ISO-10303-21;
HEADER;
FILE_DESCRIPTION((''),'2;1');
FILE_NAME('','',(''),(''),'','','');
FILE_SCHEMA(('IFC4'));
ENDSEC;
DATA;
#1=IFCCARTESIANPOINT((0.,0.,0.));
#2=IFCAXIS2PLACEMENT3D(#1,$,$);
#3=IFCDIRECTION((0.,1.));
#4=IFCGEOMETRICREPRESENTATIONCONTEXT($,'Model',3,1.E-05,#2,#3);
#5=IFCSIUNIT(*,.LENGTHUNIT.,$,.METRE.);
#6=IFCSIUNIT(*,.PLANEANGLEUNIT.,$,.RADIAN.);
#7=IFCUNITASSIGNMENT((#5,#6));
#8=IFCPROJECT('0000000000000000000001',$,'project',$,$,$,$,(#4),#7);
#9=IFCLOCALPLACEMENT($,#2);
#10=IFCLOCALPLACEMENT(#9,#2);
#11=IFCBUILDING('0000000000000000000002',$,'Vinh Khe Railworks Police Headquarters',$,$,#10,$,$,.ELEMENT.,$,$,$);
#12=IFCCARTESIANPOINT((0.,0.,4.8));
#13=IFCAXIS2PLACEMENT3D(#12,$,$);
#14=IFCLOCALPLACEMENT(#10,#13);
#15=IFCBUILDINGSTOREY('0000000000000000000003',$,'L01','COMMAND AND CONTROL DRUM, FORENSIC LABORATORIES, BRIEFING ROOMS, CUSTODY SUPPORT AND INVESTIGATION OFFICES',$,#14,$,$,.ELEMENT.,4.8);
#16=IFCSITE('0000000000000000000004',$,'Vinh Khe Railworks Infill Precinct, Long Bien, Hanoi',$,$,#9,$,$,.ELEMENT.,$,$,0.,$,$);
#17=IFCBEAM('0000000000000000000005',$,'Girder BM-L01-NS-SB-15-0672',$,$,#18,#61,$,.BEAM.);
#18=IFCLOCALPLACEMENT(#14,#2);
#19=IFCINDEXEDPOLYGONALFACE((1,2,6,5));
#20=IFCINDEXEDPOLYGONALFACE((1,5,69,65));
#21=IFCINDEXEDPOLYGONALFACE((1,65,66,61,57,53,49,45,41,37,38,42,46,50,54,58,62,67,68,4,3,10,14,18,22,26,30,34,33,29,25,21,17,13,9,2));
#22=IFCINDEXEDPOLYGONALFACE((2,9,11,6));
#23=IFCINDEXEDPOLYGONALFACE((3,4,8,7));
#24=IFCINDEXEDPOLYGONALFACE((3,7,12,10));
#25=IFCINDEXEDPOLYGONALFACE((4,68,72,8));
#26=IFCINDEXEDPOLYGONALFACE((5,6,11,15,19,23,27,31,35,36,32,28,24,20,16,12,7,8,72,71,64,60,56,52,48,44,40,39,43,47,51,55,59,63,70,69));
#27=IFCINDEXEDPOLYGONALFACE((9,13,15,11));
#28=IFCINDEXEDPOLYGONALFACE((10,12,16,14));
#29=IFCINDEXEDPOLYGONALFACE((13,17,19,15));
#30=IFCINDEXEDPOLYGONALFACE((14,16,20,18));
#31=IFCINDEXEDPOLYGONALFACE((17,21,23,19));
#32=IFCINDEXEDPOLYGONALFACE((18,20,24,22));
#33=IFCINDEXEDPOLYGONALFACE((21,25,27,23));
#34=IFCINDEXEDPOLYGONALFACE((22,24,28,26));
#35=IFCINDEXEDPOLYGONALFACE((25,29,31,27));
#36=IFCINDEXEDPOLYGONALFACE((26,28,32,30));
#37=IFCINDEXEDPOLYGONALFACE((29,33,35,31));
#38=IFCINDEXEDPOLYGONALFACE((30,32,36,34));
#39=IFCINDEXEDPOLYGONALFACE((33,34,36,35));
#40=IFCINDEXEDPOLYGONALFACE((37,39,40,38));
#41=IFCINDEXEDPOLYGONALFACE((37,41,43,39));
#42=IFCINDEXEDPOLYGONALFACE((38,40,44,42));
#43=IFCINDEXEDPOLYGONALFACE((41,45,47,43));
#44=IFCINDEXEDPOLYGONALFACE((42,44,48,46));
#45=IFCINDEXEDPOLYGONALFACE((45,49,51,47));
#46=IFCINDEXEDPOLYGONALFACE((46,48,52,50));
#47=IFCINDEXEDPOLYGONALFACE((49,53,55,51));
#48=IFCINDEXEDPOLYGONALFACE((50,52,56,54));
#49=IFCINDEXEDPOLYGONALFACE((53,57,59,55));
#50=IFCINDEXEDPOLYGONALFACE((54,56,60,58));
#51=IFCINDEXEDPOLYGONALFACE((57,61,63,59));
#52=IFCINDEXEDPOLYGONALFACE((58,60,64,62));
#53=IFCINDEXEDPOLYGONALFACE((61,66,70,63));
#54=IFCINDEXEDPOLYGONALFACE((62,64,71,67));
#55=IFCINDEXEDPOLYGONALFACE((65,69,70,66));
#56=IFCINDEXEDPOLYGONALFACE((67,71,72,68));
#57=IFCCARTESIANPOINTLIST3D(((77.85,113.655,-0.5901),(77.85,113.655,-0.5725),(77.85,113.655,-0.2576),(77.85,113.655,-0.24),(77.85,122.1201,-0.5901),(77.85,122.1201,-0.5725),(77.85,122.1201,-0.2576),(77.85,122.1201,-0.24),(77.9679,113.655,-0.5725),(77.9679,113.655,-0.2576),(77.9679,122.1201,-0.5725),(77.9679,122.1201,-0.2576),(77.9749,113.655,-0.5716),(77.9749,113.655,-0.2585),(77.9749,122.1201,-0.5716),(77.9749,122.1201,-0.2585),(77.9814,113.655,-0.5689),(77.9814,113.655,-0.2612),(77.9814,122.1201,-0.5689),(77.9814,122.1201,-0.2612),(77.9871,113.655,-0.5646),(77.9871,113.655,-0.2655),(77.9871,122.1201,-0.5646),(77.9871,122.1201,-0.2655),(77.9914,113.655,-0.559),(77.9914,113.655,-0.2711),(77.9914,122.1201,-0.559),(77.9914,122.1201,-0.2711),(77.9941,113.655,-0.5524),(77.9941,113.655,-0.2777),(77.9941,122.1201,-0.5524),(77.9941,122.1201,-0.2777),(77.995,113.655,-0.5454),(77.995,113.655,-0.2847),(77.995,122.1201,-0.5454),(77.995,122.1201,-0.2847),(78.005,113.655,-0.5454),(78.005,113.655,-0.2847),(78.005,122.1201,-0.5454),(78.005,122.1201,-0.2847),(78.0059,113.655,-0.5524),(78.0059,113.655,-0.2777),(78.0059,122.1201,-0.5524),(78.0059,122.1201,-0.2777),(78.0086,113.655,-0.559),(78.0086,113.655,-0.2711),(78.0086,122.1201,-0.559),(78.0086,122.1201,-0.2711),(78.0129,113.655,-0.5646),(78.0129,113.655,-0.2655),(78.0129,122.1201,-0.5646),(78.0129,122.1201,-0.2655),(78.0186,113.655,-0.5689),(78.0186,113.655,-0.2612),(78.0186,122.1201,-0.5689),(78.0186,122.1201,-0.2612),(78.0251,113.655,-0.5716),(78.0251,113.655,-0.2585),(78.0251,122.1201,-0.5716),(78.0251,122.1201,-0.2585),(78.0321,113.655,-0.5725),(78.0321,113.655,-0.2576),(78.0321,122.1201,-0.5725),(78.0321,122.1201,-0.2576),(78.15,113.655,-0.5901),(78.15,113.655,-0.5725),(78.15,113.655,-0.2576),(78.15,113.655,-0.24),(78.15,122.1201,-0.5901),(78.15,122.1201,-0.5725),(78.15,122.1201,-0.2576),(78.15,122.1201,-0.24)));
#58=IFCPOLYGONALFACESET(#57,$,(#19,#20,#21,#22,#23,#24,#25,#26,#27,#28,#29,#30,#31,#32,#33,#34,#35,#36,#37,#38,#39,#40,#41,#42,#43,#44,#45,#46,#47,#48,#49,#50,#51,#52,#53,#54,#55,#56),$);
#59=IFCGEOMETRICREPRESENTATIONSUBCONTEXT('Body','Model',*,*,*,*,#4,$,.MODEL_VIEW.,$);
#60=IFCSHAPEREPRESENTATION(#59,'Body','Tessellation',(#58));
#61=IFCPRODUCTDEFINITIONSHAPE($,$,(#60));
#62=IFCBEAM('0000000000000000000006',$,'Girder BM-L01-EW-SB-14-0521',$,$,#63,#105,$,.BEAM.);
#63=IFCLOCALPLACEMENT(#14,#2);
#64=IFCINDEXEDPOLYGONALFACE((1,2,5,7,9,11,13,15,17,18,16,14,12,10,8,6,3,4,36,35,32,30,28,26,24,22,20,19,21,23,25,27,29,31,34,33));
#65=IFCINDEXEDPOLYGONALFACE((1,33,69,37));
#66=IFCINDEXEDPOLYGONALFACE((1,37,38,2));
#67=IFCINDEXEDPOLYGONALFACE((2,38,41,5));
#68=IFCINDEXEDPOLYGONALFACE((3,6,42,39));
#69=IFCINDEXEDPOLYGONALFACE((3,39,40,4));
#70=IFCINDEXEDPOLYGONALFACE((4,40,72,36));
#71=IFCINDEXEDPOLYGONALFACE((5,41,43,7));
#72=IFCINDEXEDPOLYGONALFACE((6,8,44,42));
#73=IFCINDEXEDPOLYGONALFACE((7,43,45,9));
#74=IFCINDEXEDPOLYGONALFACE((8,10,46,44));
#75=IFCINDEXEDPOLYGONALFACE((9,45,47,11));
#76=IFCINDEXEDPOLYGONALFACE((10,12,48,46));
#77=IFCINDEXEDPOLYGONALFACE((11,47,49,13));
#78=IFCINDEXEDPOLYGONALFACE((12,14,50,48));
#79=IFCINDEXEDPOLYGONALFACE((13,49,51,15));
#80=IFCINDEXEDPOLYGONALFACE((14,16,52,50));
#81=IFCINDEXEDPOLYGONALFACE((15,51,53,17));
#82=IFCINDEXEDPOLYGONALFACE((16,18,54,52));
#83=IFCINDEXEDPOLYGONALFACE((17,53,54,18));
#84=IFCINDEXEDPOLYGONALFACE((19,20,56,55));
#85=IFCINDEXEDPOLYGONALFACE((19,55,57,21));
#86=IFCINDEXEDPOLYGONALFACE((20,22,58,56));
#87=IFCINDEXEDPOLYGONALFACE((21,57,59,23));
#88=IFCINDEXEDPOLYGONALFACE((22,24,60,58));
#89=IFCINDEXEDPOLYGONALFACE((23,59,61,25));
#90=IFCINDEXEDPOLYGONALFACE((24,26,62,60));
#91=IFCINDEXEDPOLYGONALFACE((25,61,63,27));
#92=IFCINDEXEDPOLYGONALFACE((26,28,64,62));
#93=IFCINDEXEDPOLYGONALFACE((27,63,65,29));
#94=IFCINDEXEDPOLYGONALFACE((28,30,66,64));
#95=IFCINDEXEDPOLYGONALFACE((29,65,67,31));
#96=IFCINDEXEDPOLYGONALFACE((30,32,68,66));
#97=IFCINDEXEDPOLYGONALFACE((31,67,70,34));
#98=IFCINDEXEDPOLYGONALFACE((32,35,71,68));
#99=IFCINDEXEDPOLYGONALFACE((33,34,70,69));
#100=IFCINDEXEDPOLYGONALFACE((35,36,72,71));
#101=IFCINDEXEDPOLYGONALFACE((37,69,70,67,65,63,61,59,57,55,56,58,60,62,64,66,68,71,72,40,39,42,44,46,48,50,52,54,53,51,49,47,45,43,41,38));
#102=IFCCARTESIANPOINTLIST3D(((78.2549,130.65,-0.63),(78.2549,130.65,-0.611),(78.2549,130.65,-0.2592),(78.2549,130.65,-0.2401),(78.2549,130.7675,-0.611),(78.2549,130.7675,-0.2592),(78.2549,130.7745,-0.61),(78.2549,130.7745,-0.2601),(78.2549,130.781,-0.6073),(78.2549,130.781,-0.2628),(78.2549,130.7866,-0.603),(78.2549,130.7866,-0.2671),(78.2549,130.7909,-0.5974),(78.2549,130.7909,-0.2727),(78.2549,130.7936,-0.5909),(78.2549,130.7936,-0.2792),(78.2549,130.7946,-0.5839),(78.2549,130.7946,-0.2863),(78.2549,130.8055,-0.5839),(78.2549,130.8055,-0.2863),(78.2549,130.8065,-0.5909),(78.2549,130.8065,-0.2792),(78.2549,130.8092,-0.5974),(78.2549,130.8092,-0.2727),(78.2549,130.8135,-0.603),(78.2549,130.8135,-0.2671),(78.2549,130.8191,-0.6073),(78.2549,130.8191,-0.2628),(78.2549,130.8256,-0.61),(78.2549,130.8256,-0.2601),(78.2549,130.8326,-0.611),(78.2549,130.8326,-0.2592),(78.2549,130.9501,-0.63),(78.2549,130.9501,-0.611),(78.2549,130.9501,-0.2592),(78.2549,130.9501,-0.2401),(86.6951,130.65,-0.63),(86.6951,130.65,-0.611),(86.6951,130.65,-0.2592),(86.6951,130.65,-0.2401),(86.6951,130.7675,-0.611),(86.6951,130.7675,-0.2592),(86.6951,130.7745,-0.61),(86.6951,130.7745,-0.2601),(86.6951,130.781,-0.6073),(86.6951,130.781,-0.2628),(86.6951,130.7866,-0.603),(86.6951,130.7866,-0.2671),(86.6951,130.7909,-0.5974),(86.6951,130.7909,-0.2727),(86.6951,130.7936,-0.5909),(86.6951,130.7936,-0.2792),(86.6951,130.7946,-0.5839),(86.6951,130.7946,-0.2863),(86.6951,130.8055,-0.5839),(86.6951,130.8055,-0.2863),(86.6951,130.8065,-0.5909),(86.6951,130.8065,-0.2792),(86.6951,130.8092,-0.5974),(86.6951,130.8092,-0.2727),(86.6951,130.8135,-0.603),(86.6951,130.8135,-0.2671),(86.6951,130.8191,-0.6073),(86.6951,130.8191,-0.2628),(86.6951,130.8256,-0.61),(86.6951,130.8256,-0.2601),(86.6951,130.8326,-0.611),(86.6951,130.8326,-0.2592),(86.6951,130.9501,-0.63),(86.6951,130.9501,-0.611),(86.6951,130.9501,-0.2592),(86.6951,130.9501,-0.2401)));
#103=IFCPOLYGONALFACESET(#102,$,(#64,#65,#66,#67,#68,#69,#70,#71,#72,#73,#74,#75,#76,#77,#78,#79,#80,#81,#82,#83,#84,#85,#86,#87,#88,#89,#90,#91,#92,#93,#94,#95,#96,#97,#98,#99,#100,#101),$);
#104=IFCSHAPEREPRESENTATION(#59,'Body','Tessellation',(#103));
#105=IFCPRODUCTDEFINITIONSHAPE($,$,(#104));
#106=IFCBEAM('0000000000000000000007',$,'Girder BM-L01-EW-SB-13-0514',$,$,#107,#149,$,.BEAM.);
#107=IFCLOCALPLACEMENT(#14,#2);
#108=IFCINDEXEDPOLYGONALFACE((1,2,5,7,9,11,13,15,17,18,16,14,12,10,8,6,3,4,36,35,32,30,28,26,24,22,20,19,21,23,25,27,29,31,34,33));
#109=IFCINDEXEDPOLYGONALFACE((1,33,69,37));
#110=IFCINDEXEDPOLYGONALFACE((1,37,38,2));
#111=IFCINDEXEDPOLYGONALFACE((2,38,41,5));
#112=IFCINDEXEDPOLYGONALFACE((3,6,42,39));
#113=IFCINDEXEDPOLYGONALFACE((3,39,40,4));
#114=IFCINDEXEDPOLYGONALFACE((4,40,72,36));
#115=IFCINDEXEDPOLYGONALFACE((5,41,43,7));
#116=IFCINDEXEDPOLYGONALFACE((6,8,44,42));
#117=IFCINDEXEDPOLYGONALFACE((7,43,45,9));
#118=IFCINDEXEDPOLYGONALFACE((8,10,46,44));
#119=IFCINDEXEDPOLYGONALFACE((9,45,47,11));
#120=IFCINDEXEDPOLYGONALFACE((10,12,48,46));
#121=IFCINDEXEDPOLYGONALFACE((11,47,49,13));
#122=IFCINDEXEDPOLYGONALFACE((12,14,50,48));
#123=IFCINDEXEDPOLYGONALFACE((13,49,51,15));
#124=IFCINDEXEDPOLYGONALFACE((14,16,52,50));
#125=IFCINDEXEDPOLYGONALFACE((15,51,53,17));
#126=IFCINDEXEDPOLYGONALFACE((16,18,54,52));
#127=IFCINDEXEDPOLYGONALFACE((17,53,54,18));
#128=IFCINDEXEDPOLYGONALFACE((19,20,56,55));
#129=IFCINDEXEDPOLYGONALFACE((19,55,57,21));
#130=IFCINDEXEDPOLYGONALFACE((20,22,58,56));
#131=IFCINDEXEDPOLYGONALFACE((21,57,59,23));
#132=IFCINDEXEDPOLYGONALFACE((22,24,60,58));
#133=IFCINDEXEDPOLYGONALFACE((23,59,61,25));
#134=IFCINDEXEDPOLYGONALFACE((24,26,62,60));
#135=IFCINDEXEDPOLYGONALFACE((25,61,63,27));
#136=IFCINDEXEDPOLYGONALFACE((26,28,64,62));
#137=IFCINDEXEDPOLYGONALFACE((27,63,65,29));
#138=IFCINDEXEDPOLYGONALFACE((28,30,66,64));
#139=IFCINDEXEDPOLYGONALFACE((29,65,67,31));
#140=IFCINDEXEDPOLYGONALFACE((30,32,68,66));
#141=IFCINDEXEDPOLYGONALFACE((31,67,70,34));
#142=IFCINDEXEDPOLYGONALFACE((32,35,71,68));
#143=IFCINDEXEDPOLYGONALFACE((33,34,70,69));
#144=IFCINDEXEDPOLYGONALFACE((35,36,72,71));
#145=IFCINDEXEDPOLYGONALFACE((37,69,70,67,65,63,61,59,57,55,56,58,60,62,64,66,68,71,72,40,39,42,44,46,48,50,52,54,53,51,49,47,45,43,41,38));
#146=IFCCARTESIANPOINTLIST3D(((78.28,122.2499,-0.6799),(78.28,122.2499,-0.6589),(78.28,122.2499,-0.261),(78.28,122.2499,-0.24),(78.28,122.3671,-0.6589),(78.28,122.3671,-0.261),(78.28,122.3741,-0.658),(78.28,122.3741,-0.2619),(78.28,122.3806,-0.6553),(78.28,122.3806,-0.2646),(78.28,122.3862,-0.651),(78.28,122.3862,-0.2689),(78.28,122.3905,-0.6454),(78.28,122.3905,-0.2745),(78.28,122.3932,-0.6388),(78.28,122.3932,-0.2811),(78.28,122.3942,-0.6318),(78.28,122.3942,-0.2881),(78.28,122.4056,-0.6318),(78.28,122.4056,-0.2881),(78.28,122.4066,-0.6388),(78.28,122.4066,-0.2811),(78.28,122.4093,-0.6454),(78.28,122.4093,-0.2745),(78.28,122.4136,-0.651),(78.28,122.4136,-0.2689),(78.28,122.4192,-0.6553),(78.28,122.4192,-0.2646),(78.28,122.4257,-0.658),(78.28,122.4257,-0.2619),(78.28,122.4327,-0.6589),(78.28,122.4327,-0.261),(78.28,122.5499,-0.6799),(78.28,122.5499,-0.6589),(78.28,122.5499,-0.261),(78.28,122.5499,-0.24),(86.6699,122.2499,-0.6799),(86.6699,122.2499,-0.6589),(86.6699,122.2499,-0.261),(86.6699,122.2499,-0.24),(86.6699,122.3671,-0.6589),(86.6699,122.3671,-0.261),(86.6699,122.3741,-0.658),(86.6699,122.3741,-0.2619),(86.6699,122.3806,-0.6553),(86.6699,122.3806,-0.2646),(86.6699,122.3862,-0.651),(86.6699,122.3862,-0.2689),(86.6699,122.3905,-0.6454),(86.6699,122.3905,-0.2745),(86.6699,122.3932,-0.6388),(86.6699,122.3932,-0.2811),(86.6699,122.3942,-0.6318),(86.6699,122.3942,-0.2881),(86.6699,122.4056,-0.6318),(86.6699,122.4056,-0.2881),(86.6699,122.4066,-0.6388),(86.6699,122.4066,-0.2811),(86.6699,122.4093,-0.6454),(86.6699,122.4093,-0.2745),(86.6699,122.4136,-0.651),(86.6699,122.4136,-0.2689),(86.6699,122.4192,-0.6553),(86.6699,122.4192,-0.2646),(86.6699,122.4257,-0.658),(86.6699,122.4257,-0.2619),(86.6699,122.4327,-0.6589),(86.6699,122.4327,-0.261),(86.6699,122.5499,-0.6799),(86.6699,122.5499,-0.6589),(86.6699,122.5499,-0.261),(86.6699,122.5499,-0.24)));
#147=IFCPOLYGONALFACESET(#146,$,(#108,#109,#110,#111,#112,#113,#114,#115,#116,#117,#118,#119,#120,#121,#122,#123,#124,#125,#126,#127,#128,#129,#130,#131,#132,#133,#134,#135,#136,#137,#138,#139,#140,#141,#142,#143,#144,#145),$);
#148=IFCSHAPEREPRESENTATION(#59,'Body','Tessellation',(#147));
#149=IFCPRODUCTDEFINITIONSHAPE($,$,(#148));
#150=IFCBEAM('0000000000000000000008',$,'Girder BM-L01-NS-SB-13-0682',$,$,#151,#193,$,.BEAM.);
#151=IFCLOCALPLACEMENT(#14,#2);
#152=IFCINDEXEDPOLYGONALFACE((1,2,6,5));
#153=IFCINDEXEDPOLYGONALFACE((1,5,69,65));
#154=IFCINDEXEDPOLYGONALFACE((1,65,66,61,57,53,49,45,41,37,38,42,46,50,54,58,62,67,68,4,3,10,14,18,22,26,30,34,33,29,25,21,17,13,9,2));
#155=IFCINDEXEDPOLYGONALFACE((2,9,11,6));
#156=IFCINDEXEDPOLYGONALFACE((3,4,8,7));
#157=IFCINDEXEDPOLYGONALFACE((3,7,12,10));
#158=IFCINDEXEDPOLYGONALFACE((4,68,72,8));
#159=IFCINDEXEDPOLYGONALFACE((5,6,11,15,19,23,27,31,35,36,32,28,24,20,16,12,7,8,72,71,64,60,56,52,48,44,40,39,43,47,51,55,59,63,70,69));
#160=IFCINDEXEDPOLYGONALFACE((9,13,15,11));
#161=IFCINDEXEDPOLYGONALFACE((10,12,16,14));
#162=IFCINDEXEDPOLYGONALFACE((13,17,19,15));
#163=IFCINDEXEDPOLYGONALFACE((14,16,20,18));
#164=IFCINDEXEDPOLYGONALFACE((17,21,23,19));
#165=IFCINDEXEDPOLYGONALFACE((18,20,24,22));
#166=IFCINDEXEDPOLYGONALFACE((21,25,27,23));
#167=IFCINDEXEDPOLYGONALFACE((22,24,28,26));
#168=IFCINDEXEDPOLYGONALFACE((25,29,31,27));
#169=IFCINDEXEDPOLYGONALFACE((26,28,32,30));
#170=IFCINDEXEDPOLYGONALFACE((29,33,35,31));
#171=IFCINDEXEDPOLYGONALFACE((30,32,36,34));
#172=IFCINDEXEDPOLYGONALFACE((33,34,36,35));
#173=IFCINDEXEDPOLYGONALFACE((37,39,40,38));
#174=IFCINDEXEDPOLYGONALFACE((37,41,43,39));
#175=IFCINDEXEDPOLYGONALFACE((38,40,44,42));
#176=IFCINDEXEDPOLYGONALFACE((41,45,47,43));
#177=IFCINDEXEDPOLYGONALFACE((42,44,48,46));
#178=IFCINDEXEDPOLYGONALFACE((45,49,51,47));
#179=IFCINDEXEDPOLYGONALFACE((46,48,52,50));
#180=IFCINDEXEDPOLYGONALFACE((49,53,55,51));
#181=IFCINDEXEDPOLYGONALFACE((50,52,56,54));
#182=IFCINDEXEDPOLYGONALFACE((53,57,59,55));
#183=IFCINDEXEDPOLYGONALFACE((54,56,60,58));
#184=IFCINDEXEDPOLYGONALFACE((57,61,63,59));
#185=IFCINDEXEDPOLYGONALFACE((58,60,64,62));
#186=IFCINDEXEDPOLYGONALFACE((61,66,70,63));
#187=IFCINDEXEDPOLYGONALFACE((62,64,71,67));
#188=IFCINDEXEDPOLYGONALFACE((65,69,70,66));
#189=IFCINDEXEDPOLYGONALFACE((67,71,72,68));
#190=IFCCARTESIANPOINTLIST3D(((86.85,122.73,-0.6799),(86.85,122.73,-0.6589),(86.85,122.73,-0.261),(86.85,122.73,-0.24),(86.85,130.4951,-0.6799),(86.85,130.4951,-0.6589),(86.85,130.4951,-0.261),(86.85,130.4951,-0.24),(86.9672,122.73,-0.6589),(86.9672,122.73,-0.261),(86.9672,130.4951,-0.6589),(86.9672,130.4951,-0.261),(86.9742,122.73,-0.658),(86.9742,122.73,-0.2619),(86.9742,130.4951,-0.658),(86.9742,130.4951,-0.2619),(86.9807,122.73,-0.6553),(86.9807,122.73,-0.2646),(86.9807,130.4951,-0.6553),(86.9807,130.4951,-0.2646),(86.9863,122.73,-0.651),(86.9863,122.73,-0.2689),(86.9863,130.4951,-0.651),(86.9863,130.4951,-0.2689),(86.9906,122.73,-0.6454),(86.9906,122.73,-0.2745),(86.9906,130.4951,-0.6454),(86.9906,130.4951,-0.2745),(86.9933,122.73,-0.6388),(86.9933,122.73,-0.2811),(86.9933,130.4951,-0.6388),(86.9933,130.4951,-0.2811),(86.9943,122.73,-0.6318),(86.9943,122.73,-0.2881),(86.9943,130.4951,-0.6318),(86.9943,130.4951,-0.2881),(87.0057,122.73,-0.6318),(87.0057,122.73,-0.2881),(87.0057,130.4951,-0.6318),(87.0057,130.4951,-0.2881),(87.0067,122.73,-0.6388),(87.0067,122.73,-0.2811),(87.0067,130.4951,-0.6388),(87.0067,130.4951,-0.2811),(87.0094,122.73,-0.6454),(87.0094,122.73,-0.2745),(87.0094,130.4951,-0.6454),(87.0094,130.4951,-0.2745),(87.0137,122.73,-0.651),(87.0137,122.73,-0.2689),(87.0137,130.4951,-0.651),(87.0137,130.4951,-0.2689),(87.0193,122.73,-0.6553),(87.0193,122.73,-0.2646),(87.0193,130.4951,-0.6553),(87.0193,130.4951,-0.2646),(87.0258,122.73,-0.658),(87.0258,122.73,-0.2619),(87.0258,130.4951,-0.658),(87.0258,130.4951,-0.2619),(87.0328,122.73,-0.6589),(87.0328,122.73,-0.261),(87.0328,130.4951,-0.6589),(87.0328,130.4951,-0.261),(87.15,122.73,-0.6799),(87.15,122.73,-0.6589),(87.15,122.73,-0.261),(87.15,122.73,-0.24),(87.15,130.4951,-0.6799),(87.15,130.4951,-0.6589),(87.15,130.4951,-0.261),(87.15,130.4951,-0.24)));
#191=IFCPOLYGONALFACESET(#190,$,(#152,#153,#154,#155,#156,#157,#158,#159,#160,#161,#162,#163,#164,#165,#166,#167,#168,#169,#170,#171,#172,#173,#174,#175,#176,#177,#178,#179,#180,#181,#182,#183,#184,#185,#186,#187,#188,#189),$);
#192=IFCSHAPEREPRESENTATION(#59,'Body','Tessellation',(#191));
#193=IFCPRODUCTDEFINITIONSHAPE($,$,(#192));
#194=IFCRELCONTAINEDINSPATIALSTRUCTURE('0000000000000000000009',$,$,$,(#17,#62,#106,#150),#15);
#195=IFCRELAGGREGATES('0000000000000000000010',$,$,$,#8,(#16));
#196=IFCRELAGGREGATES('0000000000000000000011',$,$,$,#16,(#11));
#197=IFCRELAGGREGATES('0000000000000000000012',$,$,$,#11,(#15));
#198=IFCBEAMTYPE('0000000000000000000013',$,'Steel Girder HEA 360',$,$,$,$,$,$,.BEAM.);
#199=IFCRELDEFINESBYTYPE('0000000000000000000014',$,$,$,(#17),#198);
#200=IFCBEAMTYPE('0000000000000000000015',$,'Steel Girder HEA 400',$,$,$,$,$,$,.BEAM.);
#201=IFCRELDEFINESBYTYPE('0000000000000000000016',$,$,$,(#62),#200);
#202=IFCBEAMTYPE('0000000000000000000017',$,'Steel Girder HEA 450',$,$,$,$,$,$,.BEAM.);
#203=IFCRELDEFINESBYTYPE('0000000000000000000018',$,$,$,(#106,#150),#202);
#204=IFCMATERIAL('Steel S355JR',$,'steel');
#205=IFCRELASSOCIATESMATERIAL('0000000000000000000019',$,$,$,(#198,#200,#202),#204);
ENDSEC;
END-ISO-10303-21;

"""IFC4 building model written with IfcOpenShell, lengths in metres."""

from ifc_helpers import new_model, si_unit, direction, frame, origin, origin_2d, place, context, subcontext, project, spatial, i_section, extrude, material, material_profile, profile_set, type_object, element, save


model = new_model("IFC4")

# Units and contexts
model_context = context("Model", 3, precision=1e-05, world=origin(), true_north=direction((0.0, 1.0)))
body_context = subcontext(model_context, "Body", "Model", "MODEL_VIEW")
ifc_project = project(units=[si_unit("LENGTHUNIT", "METRE"), si_unit("PLANEANGLEUNIT", "RADIAN")], contexts=[model_context])

# Site, building, storey
site_placement = place(None, origin())
site = spatial("IfcSite", under=ifc_project, at=site_placement, Name="Vinh Khe Railworks Infill Precinct, Long Bien, Hanoi", CompositionType="ELEMENT", RefElevation=0.0)
building_placement = place(site_placement, origin())
building = spatial("IfcBuilding", under=site, at=building_placement, Name="Vinh Khe Railworks Police Headquarters", CompositionType="ELEMENT")
storey_placement = place(building_placement, frame((0.0, 0.0, 4.8)))
storey = spatial("IfcBuildingStorey", under=building, at=storey_placement, Name="L01", Description="COMMAND AND CONTROL DRUM, FORENSIC LABORATORIES, BRIEFING ROOMS, CUSTODY SUPPORT AND INVESTIGATION OFFICES", CompositionType="ELEMENT", Elevation=4.8)

# Shared definitions
ifc_material_1 = material(Name="Steel S355JR", Category="steel")

# Beams
ifc_material_profile_1 = material_profile(ifc_material_1, i_section(OverallWidth=0.3, OverallDepth=0.3501, WebThickness=0.01, FlangeThickness=0.0176, FilletRadius=0.0271, at=origin_2d()), Name="HEA 360")
ifc_profile_set_1 = profile_set([ifc_material_profile_1], Name="Steel S355JR")
beam_type_1 = type_object("IfcBeamType", Name="Steel Girder HEA 360", PredefinedType="BEAM", material=ifc_profile_set_1)
beam_1_placement = place(storey_placement, frame((78.0, 113.655, -0.415), z_axis=(0.0, 1.0, 0.0), x_axis=(-1.0, 0.0, 0.0)))
element("IfcBeam", 1, at=beam_1_placement, inside=storey, type_object=beam_type_1, Name="Girder BM-L01-NS-SB-15-0672", PredefinedType="BEAM", context=body_context, shape_type="SweptSolid", body=[
    extrude(i_section(OverallWidth=0.3, OverallDepth=0.3501, WebThickness=0.01, FlangeThickness=0.0176, FilletRadius=0.0271, at=origin_2d()), origin(), (0.0, 0.0, 1.0), 8.4651),
])
ifc_material_profile_2 = material_profile(ifc_material_1, i_section(OverallWidth=0.3, OverallDepth=0.3899, WebThickness=0.011, FlangeThickness=0.019, FilletRadius=0.0271, at=origin_2d()), Name="HEA 400")
ifc_profile_set_2 = profile_set([ifc_material_profile_2], Name="Steel S355JR")
beam_type_2 = type_object("IfcBeamType", Name="Steel Girder HEA 400", PredefinedType="BEAM", material=ifc_profile_set_2)
beam_2_placement = place(storey_placement, frame((78.2549, 130.8, -0.4351), z_axis=(1.0, 0.0, 0.0), x_axis=(0.0, 1.0, 0.0)))
element("IfcBeam", 2, at=beam_2_placement, inside=storey, type_object=beam_type_2, Name="Girder BM-L01-EW-SB-14-0521", PredefinedType="BEAM", context=body_context, shape_type="SweptSolid", body=[
    extrude(i_section(OverallWidth=0.3, OverallDepth=0.3899, WebThickness=0.011, FlangeThickness=0.019, FilletRadius=0.0271, at=origin_2d()), origin(), (0.0, 0.0, 1.0), 8.4402),
])
ifc_material_profile_3 = material_profile(ifc_material_1, i_section(OverallWidth=0.3, OverallDepth=0.4399, WebThickness=0.0115, FlangeThickness=0.021, FilletRadius=0.0271, at=origin_2d()), Name="HEA 450")
ifc_profile_set_3 = profile_set([ifc_material_profile_3], Name="Steel S355JR")
beam_type_3 = type_object("IfcBeamType", Name="Steel Girder HEA 450", PredefinedType="BEAM", material=ifc_profile_set_3)
beam_3_placement = place(storey_placement, frame((78.28, 122.3999, -0.46), z_axis=(1.0, 0.0, 0.0), x_axis=(0.0, 1.0, 0.0)))
element("IfcBeam", 3, at=beam_3_placement, inside=storey, type_object=beam_type_3, Name="Girder BM-L01-EW-SB-13-0514", PredefinedType="BEAM", context=body_context, shape_type="SweptSolid", body=[
    extrude(i_section(OverallWidth=0.3, OverallDepth=0.4399, WebThickness=0.0115, FlangeThickness=0.021, FilletRadius=0.0271, at=origin_2d()), origin(), (0.0, 0.0, 1.0), 8.3899),
])
beam_4_placement = place(storey_placement, frame((87.0, 122.73, -0.46), z_axis=(0.0, 1.0, 0.0), x_axis=(-1.0, 0.0, 0.0)))
element("IfcBeam", 4, at=beam_4_placement, inside=storey, type_object=beam_type_3, Name="Girder BM-L01-NS-SB-13-0682", PredefinedType="BEAM", context=body_context, shape_type="SweptSolid", body=[
    extrude(i_section(OverallWidth=0.3, OverallDepth=0.4399, WebThickness=0.0115, FlangeThickness=0.021, FilletRadius=0.0271, at=origin_2d()), origin(), (0.0, 0.0, 1.0), 7.7651),
])

save(model, "model.ifc")
